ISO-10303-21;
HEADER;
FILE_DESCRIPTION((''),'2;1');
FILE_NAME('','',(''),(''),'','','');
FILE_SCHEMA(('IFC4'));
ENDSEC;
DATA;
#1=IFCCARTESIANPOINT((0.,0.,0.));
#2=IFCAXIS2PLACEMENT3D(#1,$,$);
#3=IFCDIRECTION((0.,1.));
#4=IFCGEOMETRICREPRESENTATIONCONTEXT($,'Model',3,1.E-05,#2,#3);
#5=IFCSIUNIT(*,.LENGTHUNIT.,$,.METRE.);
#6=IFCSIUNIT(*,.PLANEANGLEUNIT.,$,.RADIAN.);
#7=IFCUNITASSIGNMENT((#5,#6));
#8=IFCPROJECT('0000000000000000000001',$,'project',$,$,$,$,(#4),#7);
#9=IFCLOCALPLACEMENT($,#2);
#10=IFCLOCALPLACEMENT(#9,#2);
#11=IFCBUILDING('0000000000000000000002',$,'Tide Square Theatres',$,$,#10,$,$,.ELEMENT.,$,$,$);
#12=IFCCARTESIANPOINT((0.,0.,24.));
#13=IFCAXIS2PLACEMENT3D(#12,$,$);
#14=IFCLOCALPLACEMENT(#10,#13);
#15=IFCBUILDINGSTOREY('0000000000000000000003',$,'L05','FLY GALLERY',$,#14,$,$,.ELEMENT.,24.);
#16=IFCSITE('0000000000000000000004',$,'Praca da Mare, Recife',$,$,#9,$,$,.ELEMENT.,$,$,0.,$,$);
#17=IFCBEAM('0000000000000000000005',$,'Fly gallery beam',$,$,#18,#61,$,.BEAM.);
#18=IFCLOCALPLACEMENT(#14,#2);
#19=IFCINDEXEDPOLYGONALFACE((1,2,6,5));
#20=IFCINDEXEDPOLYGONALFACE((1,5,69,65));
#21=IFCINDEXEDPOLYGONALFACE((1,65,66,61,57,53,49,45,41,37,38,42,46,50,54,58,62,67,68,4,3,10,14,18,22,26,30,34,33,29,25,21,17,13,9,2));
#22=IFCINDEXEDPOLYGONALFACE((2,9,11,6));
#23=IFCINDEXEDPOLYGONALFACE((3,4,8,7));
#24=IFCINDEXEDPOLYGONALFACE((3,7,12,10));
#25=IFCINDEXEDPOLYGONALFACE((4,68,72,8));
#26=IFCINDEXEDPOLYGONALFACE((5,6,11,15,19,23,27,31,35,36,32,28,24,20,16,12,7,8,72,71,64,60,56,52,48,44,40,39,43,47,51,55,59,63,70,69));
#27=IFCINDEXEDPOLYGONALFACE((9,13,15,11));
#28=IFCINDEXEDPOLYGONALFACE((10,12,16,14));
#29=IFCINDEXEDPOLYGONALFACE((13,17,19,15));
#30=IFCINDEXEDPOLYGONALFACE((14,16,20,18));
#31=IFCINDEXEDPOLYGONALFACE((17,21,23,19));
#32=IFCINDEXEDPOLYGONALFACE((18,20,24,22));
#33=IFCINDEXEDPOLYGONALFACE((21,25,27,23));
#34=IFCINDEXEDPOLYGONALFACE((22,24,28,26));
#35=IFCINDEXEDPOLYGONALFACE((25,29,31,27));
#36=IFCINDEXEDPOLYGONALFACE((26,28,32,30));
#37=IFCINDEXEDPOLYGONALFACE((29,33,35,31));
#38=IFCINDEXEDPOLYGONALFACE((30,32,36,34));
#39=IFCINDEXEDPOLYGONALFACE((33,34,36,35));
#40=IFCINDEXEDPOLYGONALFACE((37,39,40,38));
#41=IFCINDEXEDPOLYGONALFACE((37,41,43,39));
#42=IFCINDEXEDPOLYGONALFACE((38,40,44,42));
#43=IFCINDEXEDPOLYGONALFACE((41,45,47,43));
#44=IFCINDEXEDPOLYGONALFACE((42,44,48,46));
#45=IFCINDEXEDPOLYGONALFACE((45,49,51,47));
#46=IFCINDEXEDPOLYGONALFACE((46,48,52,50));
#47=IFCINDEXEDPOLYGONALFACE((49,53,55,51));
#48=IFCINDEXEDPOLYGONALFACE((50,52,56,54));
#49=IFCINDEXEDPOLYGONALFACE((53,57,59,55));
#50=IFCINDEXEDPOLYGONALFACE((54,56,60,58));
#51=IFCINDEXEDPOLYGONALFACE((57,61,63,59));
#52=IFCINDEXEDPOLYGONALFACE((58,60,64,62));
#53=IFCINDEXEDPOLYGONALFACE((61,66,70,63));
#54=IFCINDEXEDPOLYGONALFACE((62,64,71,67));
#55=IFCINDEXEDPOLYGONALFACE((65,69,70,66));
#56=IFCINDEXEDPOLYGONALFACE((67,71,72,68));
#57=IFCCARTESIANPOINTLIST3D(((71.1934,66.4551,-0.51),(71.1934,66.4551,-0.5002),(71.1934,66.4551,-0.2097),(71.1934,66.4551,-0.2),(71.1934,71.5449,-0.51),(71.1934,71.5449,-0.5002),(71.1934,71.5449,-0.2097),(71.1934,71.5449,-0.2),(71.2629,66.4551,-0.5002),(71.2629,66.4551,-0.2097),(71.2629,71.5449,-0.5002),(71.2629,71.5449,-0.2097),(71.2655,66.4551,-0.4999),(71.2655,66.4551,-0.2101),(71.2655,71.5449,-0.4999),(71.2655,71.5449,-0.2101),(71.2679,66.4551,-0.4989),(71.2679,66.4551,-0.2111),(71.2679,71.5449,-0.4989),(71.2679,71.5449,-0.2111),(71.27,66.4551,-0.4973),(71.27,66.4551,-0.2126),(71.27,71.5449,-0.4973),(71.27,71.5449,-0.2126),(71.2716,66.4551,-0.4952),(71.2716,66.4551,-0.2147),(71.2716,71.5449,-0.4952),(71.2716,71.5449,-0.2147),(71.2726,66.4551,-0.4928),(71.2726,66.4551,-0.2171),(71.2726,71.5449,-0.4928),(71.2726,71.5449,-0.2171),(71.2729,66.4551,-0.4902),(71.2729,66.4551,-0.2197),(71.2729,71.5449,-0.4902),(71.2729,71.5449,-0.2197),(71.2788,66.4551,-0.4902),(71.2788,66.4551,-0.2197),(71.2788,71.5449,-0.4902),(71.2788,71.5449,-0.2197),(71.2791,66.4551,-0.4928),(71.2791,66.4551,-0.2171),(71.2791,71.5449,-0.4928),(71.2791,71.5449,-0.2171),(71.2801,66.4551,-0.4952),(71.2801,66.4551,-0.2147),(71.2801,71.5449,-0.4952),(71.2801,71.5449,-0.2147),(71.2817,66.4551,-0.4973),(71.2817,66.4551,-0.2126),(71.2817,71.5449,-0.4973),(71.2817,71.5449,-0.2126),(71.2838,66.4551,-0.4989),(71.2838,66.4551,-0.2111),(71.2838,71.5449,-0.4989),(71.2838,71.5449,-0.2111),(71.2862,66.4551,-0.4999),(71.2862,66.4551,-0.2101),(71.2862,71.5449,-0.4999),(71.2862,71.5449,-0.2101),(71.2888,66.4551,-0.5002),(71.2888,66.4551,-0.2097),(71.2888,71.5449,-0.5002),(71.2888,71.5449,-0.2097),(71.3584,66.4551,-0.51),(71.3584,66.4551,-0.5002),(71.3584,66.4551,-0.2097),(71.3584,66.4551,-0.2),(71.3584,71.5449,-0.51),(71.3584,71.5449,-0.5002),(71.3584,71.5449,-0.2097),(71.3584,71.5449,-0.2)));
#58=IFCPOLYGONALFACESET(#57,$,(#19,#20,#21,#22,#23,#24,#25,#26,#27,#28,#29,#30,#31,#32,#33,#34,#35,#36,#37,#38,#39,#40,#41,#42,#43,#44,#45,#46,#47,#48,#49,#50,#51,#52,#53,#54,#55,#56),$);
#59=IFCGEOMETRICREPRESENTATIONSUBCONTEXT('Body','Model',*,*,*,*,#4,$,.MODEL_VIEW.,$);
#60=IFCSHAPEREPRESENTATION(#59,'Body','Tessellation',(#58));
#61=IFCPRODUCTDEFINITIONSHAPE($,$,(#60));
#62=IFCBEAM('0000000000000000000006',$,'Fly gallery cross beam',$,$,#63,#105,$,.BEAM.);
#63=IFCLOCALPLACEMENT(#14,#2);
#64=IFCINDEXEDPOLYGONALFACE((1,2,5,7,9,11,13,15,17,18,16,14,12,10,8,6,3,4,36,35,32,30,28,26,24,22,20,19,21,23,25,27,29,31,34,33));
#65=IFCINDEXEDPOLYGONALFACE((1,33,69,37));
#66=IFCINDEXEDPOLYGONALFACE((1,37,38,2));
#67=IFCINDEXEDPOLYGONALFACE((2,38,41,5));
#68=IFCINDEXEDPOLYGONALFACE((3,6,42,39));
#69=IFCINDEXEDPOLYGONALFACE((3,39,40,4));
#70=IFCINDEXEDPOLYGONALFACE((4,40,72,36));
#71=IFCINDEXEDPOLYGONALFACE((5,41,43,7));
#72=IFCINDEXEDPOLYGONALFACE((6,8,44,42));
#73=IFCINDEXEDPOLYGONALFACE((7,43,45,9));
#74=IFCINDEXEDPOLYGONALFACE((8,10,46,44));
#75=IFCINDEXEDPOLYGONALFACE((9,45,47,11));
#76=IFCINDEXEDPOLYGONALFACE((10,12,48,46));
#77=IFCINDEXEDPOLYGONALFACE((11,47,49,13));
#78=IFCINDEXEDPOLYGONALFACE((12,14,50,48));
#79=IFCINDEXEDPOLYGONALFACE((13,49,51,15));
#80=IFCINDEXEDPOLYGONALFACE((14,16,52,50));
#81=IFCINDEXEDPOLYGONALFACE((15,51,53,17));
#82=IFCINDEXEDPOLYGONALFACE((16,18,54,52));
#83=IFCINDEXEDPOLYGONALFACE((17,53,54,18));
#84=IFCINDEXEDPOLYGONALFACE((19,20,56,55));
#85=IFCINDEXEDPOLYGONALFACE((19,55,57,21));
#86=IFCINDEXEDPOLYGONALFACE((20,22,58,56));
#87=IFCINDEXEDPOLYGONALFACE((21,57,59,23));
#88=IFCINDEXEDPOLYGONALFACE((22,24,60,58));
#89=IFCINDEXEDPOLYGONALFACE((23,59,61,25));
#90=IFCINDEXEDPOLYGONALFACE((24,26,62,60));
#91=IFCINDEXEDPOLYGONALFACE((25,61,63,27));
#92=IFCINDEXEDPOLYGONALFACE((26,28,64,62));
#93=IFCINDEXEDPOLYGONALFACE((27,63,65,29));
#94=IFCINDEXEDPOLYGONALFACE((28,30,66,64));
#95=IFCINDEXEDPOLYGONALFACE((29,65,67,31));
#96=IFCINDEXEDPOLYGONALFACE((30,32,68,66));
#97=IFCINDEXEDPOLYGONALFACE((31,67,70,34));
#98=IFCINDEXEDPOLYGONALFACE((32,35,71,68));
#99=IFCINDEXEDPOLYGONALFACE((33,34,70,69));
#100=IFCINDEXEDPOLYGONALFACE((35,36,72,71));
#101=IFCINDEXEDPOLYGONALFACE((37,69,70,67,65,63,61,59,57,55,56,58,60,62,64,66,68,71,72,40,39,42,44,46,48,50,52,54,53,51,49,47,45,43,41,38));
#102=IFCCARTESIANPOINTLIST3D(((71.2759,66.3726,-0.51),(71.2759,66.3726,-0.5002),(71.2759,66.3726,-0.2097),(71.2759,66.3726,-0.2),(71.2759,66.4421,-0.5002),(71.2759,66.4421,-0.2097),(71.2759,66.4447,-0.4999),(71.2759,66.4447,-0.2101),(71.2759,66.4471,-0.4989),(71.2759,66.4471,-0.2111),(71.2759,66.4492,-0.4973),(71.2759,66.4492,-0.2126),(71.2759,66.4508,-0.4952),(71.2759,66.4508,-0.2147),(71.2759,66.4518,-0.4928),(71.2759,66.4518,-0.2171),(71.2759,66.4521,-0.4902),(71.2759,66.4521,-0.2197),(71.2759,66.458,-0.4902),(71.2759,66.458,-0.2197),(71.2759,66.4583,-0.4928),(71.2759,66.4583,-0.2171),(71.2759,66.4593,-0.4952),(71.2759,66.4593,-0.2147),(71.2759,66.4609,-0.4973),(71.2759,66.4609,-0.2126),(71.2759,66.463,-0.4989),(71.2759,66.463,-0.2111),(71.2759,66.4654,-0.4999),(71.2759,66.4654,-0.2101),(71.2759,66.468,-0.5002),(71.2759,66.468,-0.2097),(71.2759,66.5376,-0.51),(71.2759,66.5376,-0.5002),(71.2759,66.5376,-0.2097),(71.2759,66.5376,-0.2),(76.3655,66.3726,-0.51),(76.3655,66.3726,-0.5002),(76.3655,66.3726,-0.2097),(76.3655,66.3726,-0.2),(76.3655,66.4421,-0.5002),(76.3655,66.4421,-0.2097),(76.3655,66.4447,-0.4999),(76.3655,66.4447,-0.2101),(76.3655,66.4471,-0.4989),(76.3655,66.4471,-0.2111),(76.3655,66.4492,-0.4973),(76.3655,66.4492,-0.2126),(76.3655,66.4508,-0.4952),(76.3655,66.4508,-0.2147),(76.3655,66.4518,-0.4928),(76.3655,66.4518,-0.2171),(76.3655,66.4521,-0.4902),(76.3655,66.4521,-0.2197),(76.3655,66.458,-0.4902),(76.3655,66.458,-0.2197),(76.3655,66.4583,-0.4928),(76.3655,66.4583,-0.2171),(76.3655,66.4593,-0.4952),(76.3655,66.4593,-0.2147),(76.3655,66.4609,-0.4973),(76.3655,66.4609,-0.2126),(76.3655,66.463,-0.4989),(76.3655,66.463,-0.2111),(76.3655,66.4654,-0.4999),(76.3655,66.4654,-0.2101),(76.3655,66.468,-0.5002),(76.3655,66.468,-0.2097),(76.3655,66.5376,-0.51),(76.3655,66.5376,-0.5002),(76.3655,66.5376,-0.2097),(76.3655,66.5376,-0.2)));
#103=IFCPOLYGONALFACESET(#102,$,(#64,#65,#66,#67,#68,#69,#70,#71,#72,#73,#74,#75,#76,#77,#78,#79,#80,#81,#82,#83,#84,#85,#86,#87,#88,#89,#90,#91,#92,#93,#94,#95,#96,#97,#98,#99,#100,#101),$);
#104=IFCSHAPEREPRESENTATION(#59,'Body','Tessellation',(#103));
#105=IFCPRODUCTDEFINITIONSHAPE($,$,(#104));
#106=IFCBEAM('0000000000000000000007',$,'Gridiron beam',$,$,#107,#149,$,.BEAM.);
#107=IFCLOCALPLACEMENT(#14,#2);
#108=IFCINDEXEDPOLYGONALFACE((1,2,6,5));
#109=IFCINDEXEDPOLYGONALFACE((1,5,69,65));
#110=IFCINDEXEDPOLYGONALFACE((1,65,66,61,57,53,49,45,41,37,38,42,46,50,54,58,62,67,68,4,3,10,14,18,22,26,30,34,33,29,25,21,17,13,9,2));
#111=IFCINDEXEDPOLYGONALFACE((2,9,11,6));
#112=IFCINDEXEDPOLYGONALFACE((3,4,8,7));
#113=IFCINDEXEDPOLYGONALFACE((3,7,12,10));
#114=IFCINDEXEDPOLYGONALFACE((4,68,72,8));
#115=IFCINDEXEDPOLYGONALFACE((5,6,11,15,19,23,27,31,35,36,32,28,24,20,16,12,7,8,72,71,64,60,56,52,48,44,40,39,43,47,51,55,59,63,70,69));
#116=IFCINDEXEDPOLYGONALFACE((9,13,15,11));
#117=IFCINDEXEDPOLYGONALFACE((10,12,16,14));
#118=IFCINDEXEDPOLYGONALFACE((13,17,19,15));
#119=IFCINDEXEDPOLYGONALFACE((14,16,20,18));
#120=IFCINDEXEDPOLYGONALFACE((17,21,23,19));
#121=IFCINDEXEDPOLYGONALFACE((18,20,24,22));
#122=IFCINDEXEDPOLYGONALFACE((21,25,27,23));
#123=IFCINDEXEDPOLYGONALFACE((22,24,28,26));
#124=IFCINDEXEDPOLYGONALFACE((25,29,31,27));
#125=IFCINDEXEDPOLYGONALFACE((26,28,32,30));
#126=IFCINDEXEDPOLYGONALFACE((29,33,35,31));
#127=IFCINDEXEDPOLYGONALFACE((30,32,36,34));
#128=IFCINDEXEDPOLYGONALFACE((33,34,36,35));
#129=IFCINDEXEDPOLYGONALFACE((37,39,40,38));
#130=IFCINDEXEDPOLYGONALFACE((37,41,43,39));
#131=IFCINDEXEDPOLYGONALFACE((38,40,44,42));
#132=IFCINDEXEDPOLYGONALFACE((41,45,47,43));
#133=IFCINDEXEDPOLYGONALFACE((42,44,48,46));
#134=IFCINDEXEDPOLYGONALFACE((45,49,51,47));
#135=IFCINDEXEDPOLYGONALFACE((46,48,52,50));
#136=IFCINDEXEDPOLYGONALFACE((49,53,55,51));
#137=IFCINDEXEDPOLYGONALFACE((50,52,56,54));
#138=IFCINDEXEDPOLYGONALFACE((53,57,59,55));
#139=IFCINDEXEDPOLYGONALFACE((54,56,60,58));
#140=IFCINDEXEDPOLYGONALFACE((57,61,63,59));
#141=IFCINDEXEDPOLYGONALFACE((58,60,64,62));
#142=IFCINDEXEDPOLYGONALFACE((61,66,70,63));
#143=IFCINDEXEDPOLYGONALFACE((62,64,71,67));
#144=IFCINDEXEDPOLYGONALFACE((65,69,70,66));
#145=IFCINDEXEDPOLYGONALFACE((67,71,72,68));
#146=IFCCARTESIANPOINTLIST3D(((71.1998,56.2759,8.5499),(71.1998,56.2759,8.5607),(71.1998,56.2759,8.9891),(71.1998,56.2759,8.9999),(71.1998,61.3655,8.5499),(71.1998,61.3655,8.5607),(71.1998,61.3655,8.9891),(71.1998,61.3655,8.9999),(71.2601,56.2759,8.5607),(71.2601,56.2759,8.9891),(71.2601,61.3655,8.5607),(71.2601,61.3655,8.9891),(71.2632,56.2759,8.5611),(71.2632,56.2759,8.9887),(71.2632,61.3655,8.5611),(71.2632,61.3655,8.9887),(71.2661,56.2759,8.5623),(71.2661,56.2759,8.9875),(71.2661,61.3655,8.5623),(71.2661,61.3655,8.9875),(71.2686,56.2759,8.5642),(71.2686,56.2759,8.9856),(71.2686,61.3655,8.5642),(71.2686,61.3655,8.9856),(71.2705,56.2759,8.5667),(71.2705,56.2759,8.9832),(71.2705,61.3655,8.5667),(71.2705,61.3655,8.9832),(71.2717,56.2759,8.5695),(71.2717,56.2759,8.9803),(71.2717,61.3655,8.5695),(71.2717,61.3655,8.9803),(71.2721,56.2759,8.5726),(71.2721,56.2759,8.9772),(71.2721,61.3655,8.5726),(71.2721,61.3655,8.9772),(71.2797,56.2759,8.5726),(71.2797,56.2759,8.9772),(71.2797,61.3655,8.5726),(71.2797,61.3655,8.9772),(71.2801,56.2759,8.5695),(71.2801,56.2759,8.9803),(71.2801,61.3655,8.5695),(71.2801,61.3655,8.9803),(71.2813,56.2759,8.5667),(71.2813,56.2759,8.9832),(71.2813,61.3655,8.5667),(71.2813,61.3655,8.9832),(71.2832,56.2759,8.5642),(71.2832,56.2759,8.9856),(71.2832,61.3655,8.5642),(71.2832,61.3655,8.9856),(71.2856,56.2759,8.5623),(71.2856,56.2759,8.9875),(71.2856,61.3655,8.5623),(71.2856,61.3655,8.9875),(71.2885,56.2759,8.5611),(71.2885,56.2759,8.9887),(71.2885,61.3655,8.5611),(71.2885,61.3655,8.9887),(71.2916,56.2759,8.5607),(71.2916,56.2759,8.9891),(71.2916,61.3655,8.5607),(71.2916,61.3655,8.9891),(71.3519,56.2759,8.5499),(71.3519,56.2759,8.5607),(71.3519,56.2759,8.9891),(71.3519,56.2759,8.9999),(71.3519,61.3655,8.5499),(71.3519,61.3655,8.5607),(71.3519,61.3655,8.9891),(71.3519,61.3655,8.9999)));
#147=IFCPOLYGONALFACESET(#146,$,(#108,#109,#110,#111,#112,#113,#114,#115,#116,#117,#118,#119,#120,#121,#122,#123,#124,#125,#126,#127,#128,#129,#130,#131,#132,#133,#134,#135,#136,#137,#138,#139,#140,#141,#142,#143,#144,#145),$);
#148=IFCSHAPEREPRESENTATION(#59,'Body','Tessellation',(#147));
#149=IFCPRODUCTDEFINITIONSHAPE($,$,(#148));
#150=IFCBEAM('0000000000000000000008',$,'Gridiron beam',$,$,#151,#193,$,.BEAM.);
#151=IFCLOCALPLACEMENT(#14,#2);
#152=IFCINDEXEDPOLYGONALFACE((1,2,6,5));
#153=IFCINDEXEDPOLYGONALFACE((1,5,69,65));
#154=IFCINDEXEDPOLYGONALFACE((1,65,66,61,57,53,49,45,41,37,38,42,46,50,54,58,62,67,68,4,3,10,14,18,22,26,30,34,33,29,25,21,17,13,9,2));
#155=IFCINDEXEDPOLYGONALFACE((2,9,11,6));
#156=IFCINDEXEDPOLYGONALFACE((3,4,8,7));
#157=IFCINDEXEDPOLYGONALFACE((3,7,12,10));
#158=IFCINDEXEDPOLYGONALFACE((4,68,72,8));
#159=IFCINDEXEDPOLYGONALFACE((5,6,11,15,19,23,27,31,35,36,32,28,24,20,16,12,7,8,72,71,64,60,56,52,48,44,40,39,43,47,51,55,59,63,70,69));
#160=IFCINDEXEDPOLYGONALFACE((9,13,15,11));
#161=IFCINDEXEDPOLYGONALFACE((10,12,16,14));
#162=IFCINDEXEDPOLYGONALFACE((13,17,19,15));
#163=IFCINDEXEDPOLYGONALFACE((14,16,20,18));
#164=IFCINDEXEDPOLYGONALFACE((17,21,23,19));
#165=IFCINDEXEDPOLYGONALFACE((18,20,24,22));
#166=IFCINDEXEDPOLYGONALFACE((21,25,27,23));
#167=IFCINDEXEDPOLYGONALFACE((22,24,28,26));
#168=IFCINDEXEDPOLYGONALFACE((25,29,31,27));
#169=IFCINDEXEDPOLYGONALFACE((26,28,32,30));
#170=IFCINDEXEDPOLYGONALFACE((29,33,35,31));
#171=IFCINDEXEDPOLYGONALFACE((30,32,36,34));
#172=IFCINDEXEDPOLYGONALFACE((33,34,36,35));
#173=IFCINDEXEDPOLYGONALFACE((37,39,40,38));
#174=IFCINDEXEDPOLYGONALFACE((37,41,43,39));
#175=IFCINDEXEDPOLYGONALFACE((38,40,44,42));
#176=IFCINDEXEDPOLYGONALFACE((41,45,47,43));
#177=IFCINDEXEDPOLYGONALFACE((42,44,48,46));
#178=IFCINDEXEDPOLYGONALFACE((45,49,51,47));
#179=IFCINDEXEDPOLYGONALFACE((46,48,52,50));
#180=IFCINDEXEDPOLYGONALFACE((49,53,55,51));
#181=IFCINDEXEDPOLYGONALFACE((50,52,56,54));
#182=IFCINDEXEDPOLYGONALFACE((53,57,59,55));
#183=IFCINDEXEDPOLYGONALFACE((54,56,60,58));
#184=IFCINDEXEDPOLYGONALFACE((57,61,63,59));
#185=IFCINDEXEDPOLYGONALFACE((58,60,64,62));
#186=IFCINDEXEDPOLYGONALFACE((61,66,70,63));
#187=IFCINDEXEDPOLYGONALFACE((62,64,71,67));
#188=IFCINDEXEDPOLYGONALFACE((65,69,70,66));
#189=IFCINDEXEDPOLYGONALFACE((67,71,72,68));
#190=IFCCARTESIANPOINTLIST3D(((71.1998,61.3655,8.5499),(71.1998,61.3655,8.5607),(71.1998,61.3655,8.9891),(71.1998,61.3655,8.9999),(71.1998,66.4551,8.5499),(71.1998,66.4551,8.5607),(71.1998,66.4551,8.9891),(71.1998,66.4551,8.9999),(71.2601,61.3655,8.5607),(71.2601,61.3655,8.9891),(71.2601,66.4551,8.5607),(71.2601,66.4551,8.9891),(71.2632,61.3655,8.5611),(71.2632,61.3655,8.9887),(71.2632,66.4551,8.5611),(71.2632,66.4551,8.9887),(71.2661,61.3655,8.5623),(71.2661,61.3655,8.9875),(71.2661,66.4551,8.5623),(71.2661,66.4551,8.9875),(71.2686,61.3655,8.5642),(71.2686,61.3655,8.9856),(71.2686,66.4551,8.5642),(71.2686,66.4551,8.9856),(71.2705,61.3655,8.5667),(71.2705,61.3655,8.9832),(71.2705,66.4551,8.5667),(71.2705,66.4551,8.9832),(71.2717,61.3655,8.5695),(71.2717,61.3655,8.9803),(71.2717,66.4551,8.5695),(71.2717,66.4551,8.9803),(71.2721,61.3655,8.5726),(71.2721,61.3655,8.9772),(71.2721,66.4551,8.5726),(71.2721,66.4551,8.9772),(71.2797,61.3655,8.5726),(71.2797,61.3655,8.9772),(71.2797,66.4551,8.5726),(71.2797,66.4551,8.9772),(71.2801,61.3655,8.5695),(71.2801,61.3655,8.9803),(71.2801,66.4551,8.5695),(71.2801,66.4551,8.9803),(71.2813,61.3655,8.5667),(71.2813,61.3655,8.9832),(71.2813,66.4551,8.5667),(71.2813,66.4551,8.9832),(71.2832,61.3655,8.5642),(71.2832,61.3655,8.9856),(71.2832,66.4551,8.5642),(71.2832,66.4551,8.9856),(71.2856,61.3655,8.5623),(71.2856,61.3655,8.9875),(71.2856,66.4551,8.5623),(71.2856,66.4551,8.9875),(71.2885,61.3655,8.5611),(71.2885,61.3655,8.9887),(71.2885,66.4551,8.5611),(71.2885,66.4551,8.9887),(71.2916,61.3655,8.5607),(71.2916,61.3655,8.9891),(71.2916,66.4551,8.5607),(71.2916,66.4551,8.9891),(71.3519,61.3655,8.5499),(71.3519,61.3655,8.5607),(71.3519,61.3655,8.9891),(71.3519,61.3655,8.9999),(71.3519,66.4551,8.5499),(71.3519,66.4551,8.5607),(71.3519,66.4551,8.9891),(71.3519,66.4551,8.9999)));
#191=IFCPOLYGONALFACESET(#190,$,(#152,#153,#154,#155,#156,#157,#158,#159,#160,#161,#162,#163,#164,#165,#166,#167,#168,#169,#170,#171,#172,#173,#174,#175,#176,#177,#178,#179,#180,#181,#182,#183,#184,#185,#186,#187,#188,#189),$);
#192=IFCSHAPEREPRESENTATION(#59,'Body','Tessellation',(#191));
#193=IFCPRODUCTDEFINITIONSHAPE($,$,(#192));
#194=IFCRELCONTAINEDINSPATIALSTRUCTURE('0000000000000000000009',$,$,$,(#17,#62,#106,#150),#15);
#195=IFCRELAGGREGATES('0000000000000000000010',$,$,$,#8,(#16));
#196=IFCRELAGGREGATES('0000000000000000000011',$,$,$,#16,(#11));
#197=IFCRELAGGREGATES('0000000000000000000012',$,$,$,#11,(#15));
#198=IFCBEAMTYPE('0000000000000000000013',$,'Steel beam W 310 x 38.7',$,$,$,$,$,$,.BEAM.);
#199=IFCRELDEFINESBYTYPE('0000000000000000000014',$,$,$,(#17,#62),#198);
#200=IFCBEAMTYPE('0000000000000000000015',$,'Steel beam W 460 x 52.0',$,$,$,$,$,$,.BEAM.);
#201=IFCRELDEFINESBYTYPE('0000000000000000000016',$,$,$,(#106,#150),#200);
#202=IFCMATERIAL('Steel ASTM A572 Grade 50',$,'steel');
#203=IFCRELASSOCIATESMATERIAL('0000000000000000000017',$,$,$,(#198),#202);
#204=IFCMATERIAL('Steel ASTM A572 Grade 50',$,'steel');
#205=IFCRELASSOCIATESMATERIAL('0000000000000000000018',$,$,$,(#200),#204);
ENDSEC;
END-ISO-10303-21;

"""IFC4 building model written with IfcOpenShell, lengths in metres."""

from ifc_helpers import new_model, si_unit, direction, frame, origin, origin_2d, place, context, subcontext, project, spatial, i_section, extrude, material, material_profile, profile_set, type_object, element, save


model = new_model("IFC4")

# Units and contexts
model_context = context("Model", 3, precision=1e-05, world=origin(), true_north=direction((0.0, 1.0)))
body_context = subcontext(model_context, "Body", "Model", "MODEL_VIEW")
ifc_project = project(units=[si_unit("LENGTHUNIT", "METRE"), si_unit("PLANEANGLEUNIT", "RADIAN")], contexts=[model_context])

# Site, building, storey
site_placement = place(None, origin())
site = spatial("IfcSite", under=ifc_project, at=site_placement, Name="Praca da Mare, Recife", CompositionType="ELEMENT", RefElevation=0.0)
building_placement = place(site_placement, origin())
building = spatial("IfcBuilding", under=site, at=building_placement, Name="Tide Square Theatres", CompositionType="ELEMENT")
storey_placement = place(building_placement, frame((0.0, 0.0, 24.0)))
storey = spatial("IfcBuildingStorey", under=building, at=storey_placement, Name="L05", Description="FLY GALLERY", CompositionType="ELEMENT", Elevation=24.0)

# Beams
ifc_material_1 = material(Name="Steel ASTM A572 Grade 50", Category="steel")
ifc_material_profile_1 = material_profile(ifc_material_1, i_section(OverallWidth=0.165, OverallDepth=0.3101, WebThickness=0.0059, FlangeThickness=0.0098, FilletRadius=0.01, at=origin_2d()))
ifc_profile_set_1 = profile_set([ifc_material_profile_1], Name="Steel ASTM A572 Grade 50")
beam_type_1 = type_object("IfcBeamType", Name="Steel beam W 310 x 38.7", PredefinedType="BEAM", material=ifc_profile_set_1)
beam_1_placement = place(storey_placement, frame((71.2759, 66.4551, -0.355), z_axis=(0.0, 1.0, 0.0), x_axis=(-1.0, 0.0, 0.0)))
element("IfcBeam", 1, at=beam_1_placement, inside=storey, type_object=beam_type_1, Name="Fly gallery beam", PredefinedType="BEAM", context=body_context, shape_type="SweptSolid", body=[
    extrude(i_section(OverallWidth=0.165, OverallDepth=0.3101, WebThickness=0.0059, FlangeThickness=0.0098, FilletRadius=0.01, at=origin_2d()), origin(), (0.0, 0.0, 1.0), 5.0898),
])
beam_2_placement = place(storey_placement, frame((71.2759, 66.4551, -0.355), z_axis=(1.0, 0.0, 0.0), x_axis=(0.0, 1.0, 0.0)))
element("IfcBeam", 2, at=beam_2_placement, inside=storey, type_object=beam_type_1, Name="Fly gallery cross beam", PredefinedType="BEAM", context=body_context, shape_type="SweptSolid", body=[
    extrude(i_section(OverallWidth=0.165, OverallDepth=0.3101, WebThickness=0.0059, FlangeThickness=0.0098, FilletRadius=0.01, at=origin_2d()), origin(), (0.0, 0.0, 1.0), 5.0896),
])
ifc_material_2 = material(Name="Steel ASTM A572 Grade 50", Category="steel")
ifc_material_profile_2 = material_profile(ifc_material_2, i_section(OverallWidth=0.1521, OverallDepth=0.45, WebThickness=0.0076, FlangeThickness=0.0107, FilletRadius=0.012, at=origin_2d()))
ifc_profile_set_2 = profile_set([ifc_material_profile_2], Name="Steel ASTM A572 Grade 50")
beam_type_2 = type_object("IfcBeamType", Name="Steel beam W 460 x 52.0", PredefinedType="BEAM", material=ifc_profile_set_2)
for number, where, z_axis, x_axis, name in (
    (3, (71.2759, 56.2759, 8.7749), (0.0, 1.0, 0.0), (-1.0, 0.0, 0.0), "Gridiron beam"),
    (4, (71.2759, 61.3655, 8.7749), (0.0, 1.0, 0.0), (-1.0, 0.0, 0.0), "Gridiron beam"),
):
    element("IfcBeam", number, at=place(storey_placement, frame(where, z_axis=z_axis, x_axis=x_axis)), inside=storey, type_object=beam_type_2, Name=name, PredefinedType="BEAM", context=body_context, shape_type="SweptSolid", body=[
        extrude(i_section(OverallWidth=0.1521, OverallDepth=0.45, WebThickness=0.0076, FlangeThickness=0.0107, FilletRadius=0.012, at=origin_2d()), origin(), (0.0, 0.0, 1.0), 5.0896),
    ])

save(model, "model.ifc")
